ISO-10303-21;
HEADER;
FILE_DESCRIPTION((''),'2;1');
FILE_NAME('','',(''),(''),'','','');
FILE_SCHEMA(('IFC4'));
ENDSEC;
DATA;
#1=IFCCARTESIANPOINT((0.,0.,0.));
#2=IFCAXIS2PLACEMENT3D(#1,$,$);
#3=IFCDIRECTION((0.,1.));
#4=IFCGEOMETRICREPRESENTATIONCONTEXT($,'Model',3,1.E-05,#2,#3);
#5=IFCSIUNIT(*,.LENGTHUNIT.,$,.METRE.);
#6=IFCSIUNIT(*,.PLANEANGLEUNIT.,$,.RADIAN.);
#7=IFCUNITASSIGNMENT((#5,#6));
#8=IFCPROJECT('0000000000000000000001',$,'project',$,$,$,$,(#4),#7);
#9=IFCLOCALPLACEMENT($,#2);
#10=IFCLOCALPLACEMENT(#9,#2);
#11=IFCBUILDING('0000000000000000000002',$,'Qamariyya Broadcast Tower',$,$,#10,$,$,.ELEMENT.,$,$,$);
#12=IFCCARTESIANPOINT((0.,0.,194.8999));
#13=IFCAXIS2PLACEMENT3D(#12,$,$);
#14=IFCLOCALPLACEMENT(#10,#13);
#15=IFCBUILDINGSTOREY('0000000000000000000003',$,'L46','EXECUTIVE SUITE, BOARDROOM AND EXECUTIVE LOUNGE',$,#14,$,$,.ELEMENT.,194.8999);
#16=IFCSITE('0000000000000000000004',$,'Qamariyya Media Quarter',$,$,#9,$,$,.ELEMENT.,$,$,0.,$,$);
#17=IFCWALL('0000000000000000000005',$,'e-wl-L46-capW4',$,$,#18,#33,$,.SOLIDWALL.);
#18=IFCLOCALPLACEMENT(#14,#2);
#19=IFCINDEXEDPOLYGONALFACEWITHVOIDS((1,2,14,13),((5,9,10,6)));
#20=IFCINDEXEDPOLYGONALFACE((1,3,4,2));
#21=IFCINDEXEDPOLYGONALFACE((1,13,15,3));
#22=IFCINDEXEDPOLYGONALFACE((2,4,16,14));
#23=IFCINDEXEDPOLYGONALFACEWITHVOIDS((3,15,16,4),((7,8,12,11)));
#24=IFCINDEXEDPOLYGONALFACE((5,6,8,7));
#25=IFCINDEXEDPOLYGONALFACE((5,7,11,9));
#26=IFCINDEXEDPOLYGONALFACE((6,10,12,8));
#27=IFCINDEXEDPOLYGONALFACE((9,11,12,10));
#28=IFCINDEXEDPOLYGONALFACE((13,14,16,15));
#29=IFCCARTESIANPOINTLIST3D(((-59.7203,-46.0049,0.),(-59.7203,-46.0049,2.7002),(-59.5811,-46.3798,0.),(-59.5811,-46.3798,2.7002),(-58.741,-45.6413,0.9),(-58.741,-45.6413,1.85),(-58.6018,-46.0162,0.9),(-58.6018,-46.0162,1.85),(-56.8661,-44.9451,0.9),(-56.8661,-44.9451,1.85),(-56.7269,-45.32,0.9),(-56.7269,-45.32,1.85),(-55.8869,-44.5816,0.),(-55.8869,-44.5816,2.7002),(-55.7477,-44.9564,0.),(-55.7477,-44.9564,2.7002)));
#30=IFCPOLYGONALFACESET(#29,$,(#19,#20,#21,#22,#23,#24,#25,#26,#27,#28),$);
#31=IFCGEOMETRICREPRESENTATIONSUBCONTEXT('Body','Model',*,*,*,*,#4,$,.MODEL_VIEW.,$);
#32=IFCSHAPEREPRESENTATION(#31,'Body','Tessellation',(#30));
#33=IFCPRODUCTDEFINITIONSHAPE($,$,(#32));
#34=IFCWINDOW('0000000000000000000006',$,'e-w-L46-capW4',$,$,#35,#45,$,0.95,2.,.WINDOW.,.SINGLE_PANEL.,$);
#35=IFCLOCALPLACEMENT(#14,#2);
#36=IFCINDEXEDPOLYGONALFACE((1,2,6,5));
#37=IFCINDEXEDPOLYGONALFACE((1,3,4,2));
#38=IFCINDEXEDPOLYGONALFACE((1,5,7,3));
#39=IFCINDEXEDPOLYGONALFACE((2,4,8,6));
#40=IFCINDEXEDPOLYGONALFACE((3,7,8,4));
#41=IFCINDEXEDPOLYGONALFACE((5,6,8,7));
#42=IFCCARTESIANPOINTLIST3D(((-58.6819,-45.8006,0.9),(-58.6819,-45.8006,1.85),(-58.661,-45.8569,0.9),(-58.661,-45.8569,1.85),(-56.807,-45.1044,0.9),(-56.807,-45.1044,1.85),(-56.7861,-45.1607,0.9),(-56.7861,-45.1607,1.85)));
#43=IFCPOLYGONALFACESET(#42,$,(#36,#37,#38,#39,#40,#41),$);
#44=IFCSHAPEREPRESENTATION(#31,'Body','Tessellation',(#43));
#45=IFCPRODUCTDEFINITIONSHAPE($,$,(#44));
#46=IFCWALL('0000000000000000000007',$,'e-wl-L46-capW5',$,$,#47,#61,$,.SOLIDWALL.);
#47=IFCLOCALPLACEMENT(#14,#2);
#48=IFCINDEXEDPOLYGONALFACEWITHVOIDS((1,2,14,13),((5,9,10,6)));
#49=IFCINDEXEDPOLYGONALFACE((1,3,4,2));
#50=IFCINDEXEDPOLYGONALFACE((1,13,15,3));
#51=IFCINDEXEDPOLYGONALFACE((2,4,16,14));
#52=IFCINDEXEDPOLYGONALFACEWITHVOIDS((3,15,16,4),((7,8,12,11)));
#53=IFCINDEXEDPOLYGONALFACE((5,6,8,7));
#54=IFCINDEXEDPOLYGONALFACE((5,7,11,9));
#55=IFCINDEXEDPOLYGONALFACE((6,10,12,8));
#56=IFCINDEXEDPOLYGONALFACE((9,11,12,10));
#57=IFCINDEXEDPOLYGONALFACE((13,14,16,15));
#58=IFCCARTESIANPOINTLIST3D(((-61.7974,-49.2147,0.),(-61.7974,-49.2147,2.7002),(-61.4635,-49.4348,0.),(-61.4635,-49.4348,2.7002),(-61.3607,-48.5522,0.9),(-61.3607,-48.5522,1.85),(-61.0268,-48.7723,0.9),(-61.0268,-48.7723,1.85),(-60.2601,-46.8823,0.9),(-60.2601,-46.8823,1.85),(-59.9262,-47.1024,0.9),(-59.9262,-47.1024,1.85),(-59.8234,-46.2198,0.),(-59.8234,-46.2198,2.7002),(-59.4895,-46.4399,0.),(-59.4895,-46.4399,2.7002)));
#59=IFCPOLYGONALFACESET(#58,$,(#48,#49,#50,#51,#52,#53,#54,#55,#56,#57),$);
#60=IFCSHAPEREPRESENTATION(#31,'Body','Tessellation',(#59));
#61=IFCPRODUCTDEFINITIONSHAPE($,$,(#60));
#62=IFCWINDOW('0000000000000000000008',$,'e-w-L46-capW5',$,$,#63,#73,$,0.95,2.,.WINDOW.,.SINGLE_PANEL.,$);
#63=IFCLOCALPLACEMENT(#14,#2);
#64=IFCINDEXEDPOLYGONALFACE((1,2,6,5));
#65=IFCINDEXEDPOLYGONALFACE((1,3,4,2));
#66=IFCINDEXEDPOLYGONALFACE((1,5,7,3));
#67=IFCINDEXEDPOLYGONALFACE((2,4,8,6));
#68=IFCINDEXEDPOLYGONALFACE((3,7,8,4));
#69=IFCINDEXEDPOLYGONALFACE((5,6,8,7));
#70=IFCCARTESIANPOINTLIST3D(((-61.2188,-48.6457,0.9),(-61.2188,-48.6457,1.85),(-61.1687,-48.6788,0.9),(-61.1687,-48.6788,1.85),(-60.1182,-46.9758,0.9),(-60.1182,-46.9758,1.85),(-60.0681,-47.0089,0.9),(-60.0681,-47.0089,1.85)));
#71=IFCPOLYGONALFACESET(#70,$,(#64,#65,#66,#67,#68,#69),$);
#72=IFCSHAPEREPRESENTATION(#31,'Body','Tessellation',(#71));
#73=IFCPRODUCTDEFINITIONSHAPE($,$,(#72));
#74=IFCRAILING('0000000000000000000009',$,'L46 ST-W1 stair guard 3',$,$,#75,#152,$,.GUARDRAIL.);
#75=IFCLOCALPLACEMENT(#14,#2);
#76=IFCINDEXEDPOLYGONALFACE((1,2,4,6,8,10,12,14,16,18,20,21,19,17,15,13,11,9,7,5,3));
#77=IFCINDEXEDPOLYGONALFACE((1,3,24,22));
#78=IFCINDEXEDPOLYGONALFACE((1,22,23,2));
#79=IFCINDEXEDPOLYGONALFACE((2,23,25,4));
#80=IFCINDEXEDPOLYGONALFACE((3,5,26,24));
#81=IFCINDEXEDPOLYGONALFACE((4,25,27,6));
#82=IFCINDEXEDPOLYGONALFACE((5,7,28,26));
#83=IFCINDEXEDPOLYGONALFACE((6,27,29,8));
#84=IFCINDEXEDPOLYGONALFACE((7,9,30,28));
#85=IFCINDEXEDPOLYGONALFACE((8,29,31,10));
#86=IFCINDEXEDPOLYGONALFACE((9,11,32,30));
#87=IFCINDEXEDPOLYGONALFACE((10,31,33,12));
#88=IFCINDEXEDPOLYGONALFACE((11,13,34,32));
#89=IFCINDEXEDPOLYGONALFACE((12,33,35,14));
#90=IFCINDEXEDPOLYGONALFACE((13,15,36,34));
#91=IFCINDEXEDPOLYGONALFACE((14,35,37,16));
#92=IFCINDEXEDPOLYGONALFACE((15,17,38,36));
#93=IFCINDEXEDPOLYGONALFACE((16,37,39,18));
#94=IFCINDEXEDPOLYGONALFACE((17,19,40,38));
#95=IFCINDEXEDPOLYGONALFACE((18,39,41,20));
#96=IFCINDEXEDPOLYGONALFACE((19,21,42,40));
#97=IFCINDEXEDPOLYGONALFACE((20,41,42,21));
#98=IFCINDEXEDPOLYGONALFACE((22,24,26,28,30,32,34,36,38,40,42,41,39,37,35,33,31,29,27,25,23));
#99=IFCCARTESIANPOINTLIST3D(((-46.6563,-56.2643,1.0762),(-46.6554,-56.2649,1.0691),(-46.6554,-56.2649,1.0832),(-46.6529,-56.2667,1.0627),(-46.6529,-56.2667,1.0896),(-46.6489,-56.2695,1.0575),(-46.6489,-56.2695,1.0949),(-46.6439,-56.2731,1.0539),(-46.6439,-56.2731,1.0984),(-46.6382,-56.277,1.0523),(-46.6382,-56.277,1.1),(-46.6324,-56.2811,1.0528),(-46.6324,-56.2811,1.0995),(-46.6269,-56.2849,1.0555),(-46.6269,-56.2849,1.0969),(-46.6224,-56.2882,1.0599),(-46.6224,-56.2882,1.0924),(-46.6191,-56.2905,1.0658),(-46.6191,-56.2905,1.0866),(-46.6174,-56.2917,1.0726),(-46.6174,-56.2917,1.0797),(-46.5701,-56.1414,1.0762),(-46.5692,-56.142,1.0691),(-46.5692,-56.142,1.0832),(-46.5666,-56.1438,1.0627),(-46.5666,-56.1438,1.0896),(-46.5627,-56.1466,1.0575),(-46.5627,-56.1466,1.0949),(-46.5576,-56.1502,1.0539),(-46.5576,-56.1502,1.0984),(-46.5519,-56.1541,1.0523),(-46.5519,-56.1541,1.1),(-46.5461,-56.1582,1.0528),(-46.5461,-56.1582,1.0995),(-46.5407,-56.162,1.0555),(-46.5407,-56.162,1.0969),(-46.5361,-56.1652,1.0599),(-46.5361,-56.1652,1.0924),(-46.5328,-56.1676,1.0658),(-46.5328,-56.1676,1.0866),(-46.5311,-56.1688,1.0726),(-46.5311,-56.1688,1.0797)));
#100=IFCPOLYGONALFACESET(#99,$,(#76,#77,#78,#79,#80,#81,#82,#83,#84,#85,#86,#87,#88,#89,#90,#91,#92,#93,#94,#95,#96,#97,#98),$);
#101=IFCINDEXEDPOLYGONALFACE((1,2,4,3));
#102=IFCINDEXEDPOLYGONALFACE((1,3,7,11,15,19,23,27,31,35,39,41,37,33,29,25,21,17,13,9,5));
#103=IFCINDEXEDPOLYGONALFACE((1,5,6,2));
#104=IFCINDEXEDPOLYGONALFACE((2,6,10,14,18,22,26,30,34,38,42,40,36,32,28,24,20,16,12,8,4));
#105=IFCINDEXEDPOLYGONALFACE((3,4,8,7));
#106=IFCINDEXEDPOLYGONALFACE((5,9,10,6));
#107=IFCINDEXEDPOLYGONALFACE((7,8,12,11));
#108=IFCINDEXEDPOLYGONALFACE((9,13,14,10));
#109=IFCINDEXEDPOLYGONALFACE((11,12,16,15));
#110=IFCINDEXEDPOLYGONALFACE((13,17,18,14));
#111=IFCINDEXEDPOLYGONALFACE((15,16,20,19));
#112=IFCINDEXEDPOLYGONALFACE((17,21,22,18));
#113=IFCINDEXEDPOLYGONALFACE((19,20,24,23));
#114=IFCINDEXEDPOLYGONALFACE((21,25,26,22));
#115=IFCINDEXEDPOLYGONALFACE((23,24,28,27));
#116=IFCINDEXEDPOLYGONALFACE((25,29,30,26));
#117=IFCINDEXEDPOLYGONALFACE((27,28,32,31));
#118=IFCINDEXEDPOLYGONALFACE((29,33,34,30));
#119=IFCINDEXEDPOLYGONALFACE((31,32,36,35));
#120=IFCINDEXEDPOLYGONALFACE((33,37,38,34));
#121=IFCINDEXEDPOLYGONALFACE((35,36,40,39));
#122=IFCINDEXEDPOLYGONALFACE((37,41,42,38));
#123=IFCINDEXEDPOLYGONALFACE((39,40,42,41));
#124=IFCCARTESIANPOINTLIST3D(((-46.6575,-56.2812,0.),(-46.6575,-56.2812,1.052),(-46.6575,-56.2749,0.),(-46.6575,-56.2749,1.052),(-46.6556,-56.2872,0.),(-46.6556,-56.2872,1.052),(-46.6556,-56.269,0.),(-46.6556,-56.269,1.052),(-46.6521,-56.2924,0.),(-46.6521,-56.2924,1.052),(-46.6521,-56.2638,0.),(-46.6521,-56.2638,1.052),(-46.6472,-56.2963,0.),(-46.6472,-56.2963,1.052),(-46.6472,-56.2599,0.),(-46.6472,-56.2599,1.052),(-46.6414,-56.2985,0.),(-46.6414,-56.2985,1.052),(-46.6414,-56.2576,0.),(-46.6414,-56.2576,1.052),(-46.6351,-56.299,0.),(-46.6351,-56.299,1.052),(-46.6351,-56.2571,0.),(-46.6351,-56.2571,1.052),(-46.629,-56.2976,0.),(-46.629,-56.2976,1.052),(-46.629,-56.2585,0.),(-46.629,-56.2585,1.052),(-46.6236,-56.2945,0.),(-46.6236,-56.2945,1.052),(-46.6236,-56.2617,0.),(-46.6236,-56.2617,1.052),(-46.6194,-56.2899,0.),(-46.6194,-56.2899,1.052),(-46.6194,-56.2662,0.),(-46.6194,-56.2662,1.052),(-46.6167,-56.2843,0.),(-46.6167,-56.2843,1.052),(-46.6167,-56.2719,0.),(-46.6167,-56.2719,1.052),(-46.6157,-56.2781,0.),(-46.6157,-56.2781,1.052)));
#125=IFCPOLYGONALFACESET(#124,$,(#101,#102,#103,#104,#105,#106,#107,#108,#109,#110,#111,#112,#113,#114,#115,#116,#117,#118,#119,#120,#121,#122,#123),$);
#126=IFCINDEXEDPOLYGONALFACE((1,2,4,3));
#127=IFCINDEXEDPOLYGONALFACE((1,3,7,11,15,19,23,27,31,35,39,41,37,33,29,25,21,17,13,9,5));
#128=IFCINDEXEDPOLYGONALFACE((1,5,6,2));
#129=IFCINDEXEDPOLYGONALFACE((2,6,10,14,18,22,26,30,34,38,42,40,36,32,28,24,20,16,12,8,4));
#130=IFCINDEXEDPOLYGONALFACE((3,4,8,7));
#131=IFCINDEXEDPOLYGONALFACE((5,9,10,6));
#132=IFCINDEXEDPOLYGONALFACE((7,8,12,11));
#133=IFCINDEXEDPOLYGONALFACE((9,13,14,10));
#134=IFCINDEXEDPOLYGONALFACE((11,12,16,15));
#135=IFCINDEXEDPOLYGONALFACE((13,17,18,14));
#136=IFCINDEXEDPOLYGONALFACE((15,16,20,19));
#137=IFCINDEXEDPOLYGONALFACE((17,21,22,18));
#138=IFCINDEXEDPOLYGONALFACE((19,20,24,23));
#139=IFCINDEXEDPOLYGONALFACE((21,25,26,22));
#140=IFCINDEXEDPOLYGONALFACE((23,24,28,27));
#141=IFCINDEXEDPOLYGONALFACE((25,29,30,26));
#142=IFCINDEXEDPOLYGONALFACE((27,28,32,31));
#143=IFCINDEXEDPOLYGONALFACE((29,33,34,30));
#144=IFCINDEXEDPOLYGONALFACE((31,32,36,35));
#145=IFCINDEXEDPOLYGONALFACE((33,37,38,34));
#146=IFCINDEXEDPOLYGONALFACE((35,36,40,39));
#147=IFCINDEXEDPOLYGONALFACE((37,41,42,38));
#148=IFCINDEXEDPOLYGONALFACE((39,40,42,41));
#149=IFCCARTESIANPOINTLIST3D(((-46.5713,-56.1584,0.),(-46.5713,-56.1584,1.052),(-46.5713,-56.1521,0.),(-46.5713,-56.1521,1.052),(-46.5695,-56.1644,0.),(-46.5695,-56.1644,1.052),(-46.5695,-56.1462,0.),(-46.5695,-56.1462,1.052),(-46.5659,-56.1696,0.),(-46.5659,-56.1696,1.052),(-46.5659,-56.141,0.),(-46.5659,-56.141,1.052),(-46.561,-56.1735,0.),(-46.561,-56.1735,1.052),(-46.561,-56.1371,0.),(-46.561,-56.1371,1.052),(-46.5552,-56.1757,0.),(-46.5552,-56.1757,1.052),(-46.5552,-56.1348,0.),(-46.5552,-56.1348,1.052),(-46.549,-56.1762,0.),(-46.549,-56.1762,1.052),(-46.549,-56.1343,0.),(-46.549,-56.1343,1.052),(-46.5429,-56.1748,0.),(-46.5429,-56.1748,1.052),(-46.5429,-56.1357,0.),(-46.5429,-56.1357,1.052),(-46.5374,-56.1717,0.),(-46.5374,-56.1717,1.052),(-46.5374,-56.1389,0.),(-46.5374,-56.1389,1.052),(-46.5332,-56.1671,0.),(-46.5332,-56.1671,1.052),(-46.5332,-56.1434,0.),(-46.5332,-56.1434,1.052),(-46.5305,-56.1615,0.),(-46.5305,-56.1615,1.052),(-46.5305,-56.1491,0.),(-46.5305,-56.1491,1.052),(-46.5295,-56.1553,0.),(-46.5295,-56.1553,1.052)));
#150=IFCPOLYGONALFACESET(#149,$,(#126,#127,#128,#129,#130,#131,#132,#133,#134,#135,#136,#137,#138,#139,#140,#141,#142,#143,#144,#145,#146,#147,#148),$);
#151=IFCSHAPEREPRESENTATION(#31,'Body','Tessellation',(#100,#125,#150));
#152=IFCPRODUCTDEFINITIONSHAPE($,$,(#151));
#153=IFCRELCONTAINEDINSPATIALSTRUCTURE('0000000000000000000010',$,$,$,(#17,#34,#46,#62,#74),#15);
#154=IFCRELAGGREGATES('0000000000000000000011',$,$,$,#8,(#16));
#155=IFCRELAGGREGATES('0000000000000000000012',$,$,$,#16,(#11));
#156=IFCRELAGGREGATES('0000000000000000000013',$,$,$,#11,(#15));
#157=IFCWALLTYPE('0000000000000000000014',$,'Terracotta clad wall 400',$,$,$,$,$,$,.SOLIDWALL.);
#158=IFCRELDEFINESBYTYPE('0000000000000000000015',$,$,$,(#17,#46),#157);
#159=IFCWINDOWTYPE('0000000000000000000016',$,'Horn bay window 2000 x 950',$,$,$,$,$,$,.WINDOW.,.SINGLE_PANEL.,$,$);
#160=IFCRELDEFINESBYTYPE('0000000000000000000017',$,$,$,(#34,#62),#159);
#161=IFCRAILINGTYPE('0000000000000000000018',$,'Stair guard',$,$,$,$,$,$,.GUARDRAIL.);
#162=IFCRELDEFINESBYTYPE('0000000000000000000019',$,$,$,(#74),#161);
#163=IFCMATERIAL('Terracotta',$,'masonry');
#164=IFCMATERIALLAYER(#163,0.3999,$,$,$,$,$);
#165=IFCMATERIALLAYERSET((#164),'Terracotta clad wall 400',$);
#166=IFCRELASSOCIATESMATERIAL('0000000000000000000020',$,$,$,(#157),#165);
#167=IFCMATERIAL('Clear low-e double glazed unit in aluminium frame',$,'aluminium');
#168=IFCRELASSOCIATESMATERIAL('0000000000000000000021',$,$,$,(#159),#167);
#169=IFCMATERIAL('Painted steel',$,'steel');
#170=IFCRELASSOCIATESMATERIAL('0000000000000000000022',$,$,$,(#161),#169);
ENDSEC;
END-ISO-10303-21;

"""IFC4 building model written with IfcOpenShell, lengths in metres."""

from ifc_helpers import new_model, si_unit, direction, frame, frame_2d, origin, origin_2d, place, context, subcontext, project, spatial, rectangle, circle, extrude, material, layer, layer_set, type_object, element, fill, save


model = new_model("IFC4")

# Units and contexts
model_context = context("Model", 3, precision=1e-05, world=origin(), true_north=direction((0.0, 1.0)))
body_context = subcontext(model_context, "Body", "Model", "MODEL_VIEW")
ifc_project = project(units=[si_unit("LENGTHUNIT", "METRE"), si_unit("PLANEANGLEUNIT", "RADIAN")], contexts=[model_context])

# Site, building, storey
site_placement = place(None, origin())
site = spatial("IfcSite", under=ifc_project, at=site_placement, Name="Qamariyya Media Quarter", CompositionType="ELEMENT", RefElevation=0.0)
building_placement = place(site_placement, origin())
building = spatial("IfcBuilding", under=site, at=building_placement, Name="Qamariyya Broadcast Tower", CompositionType="ELEMENT")
storey_placement = place(building_placement, frame((0.0, 0.0, 194.8999)))
storey = spatial("IfcBuildingStorey", under=building, at=storey_placement, Name="L46", Description="EXECUTIVE SUITE, BOARDROOM AND EXECUTIVE LOUNGE", CompositionType="ELEMENT", Elevation=194.8999)

# Walls, openings, windows
ifc_material_1 = material(Name="Terracotta", Category="masonry")
ifc_layer_1 = layer(ifc_material_1, 0.3999)
ifc_layer_set_1 = layer_set([ifc_layer_1], Name="Terracotta clad wall 400")
wall_type_1 = type_object("IfcWallType", Name="Terracotta clad wall 400", PredefinedType="SOLIDWALL", material=ifc_layer_set_1)
ifc_material_2 = material(Name="Clear low-e double glazed unit in aluminium frame", Category="aluminium")
window_type = type_object("IfcWindowType", Name="Horn bay window 2000 x 950", PartitioningType="SINGLE_PANEL", PredefinedType="WINDOW", material=ifc_material_2)
wall_1_placement = place(storey_placement, frame((-55.8174, -44.769, 0.0), z_axis=(0.0, 0.0, 1.0), x_axis=(-0.937468, -0.348073, 0.0)))
wall_1 = element("IfcWall", 1, at=wall_1_placement, inside=storey, type_object=wall_type_1, Name="e-wl-L46-capW4", PredefinedType="SOLIDWALL", context=body_context, shape_type="SweptSolid", body=[
    extrude(rectangle(XDim=4.0891, YDim=0.3999, at=frame_2d((2.0444, 0.0))), origin(), (0.0, 0.0, 1.0), 2.7002),
])
opening_1_placement = place(wall_1_placement, frame((1.0444, 0.0, 0.8999)))
opening_1 = element("IfcOpeningElement", 2, at=opening_1_placement, cuts=wall_1, PredefinedType="OPENING", context=body_context, shape_type="SweptSolid", body=[
    extrude(rectangle(XDim=2.0, YDim=0.95, at=frame_2d((1.0, 0.4751))), frame((0.0, 0.21, 0.0), z_axis=(0.0, -1.0, 0.0), x_axis=(1.0, 0.0, 0.0)), (0.0, 0.0, 1.0), 0.4199),
])
window_1_placement = place(opening_1_placement, origin())
window_1 = element("IfcWindow", 3, at=window_1_placement, inside=storey, type_object=window_type, Name="e-w-L46-capW4", OverallHeight=0.95, OverallWidth=2.0, PartitioningType="SINGLE_PANEL", PredefinedType="WINDOW", context=body_context, shape_type="SweptSolid", body=[
    extrude(rectangle(XDim=2.0, YDim=0.95, at=frame_2d((1.0, 0.4751))), frame((0.0, 0.03, 0.0), z_axis=(0.0, -1.0, 0.0), x_axis=(1.0, 0.0, 0.0)), (0.0, 0.0, 1.0), 0.0601),
])
fill(opening_1, window_1)
wall_2_placement = place(storey_placement, frame((-59.6565, -46.3298, 0.0), z_axis=(0.0, 0.0, 1.0), x_axis=(-0.55031, -0.83496, 0.0)))
wall_2 = element("IfcWall", 4, at=wall_2_placement, inside=storey, type_object=wall_type_1, Name="e-wl-L46-capW5", PredefinedType="SOLIDWALL", context=body_context, shape_type="SweptSolid", body=[
    extrude(rectangle(XDim=3.5869, YDim=0.3999, at=frame_2d((1.7935, 0.0))), origin(), (0.0, 0.0, 1.0), 2.7002),
])
opening_2_placement = place(wall_2_placement, frame((0.7935, 0.0, 0.8999)))
opening_2 = element("IfcOpeningElement", 5, at=opening_2_placement, cuts=wall_2, PredefinedType="OPENING", context=body_context, shape_type="SweptSolid", body=[
    extrude(rectangle(XDim=2.0, YDim=0.95, at=frame_2d((1.0, 0.4751))), frame((0.0, 0.21, 0.0), z_axis=(0.0, -1.0, 0.0), x_axis=(1.0, 0.0, 0.0)), (0.0, 0.0, 1.0), 0.4199),
])
window_2_placement = place(opening_2_placement, origin())
window_2 = element("IfcWindow", 6, at=window_2_placement, inside=storey, type_object=window_type, Name="e-w-L46-capW5", OverallHeight=0.95, OverallWidth=2.0, PartitioningType="SINGLE_PANEL", PredefinedType="WINDOW", context=body_context, shape_type="SweptSolid", body=[
    extrude(rectangle(XDim=2.0, YDim=0.95, at=frame_2d((1.0, 0.4751))), frame((0.0, 0.03, 0.0), z_axis=(0.0, -1.0, 0.0), x_axis=(1.0, 0.0, 0.0)), (0.0, 0.0, 1.0), 0.0601),
])
fill(opening_2, window_2)

# Railing
ifc_material_3 = material(Name="Painted steel", Category="steel")
railing_type = type_object("IfcRailingType", Name="Stair guard", PredefinedType="GUARDRAIL", material=ifc_material_3)
railing_1_placement = place(storey_placement, frame((-46.6367, -56.2781, 0.0)))
element("IfcRailing", 7, at=railing_1_placement, inside=storey, type_object=railing_type, Name="L46 ST-W1 stair guard 3", PredefinedType="GUARDRAIL", context=body_context, shape_type="SweptSolid", body=[
    extrude(circle(Radius=0.0239, at=origin_2d()), frame((0.0, 0.0, 1.0762), z_axis=(0.574445, 0.818543, 0.0), x_axis=(-0.818543, 0.574445, 0.0)), (0.0, 0.0, 1.0), 0.1501),
    extrude(circle(Radius=0.021, at=origin_2d()), origin(), (0.0, 0.0, 1.0), 1.052),
    extrude(circle(Radius=0.021, at=origin_2d()), frame((0.0862, 0.1228, 0.0)), (0.0, 0.0, 1.0), 1.052),
])

save(model, "model.ifc")
